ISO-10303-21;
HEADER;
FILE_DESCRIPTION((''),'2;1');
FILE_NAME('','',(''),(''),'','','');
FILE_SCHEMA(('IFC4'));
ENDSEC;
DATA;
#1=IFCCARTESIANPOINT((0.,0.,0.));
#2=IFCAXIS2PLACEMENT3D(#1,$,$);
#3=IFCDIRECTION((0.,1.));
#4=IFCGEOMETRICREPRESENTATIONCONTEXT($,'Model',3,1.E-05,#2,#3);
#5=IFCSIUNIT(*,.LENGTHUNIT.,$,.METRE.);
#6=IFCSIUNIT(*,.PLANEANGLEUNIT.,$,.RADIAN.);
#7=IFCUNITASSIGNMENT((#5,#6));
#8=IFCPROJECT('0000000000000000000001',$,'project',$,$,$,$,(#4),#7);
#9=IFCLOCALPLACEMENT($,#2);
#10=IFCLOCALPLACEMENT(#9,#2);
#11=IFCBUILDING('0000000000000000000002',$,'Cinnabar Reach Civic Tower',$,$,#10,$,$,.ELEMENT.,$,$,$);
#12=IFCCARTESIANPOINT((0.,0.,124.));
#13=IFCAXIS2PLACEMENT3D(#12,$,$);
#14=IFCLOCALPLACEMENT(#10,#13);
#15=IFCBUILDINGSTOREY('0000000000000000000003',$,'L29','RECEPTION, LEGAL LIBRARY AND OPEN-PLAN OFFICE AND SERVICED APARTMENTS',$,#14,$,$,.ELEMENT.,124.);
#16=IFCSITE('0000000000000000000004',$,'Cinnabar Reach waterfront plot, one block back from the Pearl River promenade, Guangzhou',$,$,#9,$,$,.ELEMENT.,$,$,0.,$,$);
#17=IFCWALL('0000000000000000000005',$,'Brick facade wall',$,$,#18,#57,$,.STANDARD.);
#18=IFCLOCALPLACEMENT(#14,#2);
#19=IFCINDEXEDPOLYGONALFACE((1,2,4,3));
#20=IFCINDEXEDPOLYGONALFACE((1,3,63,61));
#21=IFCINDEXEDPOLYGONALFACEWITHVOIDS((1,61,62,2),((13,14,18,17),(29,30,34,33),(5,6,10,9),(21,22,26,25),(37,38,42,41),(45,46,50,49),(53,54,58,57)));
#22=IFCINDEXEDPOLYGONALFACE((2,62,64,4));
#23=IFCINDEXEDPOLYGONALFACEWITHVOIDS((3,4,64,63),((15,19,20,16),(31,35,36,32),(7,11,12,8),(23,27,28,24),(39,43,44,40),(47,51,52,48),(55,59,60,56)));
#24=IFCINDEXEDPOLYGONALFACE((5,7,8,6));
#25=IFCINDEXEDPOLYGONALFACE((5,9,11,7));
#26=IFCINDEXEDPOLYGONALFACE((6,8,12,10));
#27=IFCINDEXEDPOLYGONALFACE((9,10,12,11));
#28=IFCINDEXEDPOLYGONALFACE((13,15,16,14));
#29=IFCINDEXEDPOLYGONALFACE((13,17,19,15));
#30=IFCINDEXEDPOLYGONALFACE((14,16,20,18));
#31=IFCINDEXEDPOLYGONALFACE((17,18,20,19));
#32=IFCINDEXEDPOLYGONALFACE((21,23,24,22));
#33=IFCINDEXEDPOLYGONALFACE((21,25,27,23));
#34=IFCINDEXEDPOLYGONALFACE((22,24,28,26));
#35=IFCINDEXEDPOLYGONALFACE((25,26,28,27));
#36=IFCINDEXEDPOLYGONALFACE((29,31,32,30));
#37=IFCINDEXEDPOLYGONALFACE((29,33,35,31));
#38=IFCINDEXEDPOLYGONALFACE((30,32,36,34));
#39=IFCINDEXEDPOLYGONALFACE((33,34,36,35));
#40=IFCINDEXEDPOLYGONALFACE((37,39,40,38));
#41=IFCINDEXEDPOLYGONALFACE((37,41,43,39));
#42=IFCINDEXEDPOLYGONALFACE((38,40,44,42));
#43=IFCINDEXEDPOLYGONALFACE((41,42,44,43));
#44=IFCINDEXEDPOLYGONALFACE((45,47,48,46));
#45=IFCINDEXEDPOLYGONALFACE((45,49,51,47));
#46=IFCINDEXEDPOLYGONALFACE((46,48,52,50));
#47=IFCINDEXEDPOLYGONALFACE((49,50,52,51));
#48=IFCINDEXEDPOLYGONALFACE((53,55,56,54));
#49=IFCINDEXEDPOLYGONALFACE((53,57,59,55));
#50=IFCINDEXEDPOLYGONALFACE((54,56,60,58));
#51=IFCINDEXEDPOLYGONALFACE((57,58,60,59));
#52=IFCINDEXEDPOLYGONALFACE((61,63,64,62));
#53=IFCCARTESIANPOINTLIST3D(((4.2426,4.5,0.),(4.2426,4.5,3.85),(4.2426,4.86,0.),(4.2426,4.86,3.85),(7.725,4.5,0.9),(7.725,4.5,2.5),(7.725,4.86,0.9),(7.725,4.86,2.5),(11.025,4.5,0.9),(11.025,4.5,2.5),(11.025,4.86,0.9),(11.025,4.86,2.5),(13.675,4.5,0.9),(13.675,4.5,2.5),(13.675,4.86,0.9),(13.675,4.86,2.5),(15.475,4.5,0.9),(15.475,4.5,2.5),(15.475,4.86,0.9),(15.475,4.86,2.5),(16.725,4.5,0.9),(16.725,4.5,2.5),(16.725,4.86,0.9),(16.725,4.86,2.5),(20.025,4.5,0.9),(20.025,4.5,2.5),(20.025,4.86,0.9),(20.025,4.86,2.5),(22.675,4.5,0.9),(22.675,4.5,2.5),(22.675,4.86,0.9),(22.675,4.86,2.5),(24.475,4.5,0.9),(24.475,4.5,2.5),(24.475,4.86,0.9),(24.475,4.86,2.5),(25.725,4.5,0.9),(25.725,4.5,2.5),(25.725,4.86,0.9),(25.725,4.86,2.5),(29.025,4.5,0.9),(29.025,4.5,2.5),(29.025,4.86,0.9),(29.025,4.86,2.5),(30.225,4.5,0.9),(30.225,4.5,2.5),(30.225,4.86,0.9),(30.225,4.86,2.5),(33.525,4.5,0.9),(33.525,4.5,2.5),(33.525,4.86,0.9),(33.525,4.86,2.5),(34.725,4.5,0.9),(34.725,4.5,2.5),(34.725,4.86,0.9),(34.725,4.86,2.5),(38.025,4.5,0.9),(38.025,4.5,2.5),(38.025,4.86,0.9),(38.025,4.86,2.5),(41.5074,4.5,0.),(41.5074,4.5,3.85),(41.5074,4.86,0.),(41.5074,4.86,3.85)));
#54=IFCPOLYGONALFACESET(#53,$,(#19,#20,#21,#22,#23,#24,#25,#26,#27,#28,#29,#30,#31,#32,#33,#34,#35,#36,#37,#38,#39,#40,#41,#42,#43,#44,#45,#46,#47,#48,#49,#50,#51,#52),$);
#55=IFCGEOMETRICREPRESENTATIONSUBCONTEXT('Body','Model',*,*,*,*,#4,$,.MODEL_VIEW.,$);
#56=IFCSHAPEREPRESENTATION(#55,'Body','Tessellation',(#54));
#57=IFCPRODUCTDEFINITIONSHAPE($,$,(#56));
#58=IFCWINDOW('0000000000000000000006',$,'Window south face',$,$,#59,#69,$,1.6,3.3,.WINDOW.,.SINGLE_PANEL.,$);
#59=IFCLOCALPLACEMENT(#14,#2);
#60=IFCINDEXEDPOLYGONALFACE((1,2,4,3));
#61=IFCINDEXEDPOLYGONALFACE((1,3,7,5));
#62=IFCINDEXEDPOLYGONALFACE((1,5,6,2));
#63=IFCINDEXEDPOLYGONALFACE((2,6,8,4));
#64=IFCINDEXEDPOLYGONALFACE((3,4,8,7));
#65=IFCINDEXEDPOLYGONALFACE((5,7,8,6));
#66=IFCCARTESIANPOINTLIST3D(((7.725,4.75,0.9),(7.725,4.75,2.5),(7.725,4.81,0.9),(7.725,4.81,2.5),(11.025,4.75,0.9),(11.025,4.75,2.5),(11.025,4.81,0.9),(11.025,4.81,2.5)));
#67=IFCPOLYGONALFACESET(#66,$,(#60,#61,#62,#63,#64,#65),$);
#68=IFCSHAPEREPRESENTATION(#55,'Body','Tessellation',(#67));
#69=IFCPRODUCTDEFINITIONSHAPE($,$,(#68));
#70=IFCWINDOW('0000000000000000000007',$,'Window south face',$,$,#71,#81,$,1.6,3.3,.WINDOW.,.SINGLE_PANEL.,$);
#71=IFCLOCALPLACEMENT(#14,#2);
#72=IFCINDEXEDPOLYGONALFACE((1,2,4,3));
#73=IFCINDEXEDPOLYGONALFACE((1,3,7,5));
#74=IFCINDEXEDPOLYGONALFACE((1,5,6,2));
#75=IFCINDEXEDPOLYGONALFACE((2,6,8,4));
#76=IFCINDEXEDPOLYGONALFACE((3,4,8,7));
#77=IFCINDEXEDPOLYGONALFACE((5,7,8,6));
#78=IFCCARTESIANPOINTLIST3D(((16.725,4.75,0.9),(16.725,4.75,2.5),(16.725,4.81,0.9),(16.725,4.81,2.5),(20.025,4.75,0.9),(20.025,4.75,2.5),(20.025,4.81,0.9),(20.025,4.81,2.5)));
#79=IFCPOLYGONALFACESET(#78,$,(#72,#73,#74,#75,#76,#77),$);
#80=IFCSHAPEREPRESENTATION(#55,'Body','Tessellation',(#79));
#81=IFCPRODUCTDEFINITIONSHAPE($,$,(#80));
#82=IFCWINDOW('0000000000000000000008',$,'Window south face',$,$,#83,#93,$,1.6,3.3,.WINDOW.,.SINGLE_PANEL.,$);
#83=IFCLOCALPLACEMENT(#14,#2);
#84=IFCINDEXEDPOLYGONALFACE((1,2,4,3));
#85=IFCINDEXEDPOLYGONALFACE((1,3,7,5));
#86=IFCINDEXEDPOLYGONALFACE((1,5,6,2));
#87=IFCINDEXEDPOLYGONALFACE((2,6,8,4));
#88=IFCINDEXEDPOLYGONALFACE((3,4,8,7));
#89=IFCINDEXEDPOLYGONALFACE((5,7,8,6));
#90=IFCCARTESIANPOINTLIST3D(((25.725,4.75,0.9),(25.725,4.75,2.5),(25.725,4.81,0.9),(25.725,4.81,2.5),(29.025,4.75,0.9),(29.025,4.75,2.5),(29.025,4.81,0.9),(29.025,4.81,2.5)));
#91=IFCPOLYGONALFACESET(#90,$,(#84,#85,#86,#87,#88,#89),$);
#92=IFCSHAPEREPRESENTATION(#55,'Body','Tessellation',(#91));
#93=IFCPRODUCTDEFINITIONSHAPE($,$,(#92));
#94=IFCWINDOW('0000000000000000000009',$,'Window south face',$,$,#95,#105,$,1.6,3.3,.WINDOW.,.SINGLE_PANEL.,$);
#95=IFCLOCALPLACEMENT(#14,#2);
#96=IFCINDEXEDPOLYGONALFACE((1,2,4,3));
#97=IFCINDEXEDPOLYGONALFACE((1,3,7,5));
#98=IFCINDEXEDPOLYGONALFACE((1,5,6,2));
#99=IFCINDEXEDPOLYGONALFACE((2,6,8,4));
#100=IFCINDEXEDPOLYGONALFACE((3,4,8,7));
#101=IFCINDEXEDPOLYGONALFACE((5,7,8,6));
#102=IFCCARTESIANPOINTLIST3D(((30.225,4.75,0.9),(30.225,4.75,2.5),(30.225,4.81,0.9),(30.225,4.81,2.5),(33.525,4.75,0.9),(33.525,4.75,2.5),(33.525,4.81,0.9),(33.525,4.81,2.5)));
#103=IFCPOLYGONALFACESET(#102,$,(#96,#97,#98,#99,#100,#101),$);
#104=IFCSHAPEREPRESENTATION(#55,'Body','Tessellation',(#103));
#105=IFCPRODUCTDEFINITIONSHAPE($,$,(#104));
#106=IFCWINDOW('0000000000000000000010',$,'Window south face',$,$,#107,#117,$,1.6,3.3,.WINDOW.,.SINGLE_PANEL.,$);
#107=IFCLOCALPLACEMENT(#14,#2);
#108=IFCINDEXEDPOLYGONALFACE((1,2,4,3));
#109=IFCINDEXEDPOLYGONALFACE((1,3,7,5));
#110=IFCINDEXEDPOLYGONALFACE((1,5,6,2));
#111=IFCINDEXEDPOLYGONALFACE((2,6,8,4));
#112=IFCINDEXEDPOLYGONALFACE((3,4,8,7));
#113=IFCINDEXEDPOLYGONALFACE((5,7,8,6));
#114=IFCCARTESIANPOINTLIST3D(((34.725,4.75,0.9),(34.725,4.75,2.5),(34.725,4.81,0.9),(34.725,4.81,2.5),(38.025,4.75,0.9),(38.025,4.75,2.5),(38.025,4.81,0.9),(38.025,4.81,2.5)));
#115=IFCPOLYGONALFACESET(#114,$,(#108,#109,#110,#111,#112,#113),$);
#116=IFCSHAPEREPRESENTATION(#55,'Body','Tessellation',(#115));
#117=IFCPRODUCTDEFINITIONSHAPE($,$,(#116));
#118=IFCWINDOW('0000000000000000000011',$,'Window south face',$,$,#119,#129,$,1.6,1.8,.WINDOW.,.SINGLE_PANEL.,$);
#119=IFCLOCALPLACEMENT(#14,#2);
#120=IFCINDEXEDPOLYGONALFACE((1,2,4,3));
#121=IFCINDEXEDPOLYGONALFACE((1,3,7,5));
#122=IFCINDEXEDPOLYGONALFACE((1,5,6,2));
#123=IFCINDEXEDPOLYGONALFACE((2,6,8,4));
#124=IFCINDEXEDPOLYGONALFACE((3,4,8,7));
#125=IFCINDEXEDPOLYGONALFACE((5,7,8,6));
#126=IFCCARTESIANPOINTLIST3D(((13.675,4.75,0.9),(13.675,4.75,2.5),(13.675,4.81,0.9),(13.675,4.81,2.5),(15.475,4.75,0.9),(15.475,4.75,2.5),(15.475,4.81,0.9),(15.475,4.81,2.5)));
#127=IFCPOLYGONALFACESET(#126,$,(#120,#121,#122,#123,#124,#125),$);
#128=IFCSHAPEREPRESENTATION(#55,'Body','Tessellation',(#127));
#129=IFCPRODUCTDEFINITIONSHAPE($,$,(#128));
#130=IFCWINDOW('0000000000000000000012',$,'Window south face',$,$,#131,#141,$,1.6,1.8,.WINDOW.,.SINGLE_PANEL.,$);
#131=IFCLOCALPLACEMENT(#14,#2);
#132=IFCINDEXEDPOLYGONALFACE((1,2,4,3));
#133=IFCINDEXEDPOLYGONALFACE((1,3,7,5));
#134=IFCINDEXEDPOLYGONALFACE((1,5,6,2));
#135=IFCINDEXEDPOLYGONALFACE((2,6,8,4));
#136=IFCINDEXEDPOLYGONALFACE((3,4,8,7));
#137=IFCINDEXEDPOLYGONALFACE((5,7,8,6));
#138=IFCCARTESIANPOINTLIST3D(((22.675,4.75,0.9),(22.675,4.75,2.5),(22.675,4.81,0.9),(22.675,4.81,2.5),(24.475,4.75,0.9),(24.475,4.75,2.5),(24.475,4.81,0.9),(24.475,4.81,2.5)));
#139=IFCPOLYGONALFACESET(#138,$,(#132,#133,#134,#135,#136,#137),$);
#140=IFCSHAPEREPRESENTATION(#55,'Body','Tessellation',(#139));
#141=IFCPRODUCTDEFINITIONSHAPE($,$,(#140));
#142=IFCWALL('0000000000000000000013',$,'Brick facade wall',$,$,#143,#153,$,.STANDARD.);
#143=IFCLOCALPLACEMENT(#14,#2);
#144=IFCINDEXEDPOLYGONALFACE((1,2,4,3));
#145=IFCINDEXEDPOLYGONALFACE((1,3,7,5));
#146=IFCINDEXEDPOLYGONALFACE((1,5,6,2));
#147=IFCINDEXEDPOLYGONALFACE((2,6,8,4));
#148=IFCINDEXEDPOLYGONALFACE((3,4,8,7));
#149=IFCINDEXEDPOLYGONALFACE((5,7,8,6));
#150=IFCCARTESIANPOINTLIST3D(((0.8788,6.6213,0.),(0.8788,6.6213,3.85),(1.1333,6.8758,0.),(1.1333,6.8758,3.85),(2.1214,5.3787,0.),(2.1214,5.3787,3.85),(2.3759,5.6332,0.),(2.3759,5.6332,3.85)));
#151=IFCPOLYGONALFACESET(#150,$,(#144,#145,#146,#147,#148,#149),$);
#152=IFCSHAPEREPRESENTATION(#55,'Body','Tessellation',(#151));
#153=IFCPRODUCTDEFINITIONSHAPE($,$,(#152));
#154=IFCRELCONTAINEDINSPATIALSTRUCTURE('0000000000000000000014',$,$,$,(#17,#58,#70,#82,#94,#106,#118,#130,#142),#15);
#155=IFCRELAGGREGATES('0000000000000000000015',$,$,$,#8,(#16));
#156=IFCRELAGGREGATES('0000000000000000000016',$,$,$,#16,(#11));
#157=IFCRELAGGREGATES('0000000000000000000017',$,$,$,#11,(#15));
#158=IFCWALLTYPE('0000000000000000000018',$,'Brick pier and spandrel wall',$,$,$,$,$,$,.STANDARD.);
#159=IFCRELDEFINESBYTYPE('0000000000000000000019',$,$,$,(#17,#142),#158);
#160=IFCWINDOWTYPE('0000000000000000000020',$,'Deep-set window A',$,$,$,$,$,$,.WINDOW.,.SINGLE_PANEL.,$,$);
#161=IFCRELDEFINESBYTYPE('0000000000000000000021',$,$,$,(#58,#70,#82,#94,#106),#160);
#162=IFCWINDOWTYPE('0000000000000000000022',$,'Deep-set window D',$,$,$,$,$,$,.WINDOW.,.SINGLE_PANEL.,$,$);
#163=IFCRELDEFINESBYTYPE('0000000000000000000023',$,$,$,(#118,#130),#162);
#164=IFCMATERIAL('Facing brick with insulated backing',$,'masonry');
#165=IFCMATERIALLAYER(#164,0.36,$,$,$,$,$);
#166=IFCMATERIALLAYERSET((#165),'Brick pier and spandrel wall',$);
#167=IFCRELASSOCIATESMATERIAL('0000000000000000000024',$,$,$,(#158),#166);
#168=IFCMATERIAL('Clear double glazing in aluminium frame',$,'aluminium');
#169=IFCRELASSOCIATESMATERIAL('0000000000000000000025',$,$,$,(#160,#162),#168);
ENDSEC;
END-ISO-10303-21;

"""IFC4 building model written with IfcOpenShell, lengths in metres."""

from ifc_helpers import new_model, si_unit, direction, frame, frame_2d, origin, place, context, subcontext, project, spatial, rectangle, extrude, material, layer, layer_set, type_object, element, fill, save


model = new_model("IFC4")

# Units and contexts
model_context = context("Model", 3, precision=1e-05, world=origin(), true_north=direction((0.0, 1.0)))
body_context = subcontext(model_context, "Body", "Model", "MODEL_VIEW")
ifc_project = project(units=[si_unit("LENGTHUNIT", "METRE"), si_unit("PLANEANGLEUNIT", "RADIAN")], contexts=[model_context])

# Site, building, storey
site_placement = place(None, origin())
site = spatial("IfcSite", under=ifc_project, at=site_placement, Name="Cinnabar Reach waterfront plot, one block back from the Pearl River promenade, Guangzhou", CompositionType="ELEMENT", RefElevation=0.0)
building_placement = place(site_placement, origin())
building = spatial("IfcBuilding", under=site, at=building_placement, Name="Cinnabar Reach Civic Tower", CompositionType="ELEMENT")
storey_placement = place(building_placement, frame((0.0, 0.0, 124.0)))
storey = spatial("IfcBuildingStorey", under=building, at=storey_placement, Name="L29", Description="RECEPTION, LEGAL LIBRARY AND OPEN-PLAN OFFICE AND SERVICED APARTMENTS", CompositionType="ELEMENT", Elevation=124.0)

# Shared definitions
ifc_material_1 = material(Name="Facing brick with insulated backing", Category="masonry")

# Wall, openings, windows
ifc_layer_1 = layer(ifc_material_1, 0.36)
ifc_layer_set_1 = layer_set([ifc_layer_1], Name="Brick pier and spandrel wall")
wall_type_1 = type_object("IfcWallType", Name="Brick pier and spandrel wall", PredefinedType="STANDARD", material=ifc_layer_set_1)
wall_1_placement = place(storey_placement, frame((4.2426, 4.68, 0.0), z_axis=(0.0, 0.0, 1.0), x_axis=(1.0, 0.0, 0.0)))
wall_1 = element("IfcWall", 1, at=wall_1_placement, inside=storey, type_object=wall_type_1, Name="Brick facade wall", PredefinedType="STANDARD", context=body_context, shape_type="SweptSolid", body=[
    extrude(rectangle(XDim=37.2648, YDim=0.36, at=frame_2d((18.6324, 0.0))), origin(), (0.0, 0.0, 1.0), 3.85),
])
opening_1_placement = place(wall_1_placement, frame((3.4824, 0.0, 0.9)))
opening_1 = element("IfcOpeningElement", 2, at=opening_1_placement, cuts=wall_1, PredefinedType="OPENING", context=body_context, shape_type="SweptSolid", body=[
    extrude(rectangle(XDim=3.3, YDim=1.6, at=frame_2d((1.65, 0.8))), frame((0.0, 0.19, 0.0), z_axis=(0.0, -1.0, 0.0), x_axis=(1.0, 0.0, 0.0)), (0.0, 0.0, 1.0), 0.38),
])
opening_2_placement = place(wall_1_placement, frame((9.4324, 0.0, 0.9)))
opening_2 = element("IfcOpeningElement", 3, at=opening_2_placement, cuts=wall_1, PredefinedType="OPENING", context=body_context, shape_type="SweptSolid", body=[
    extrude(rectangle(XDim=1.8, YDim=1.6, at=frame_2d((0.9, 0.8))), frame((0.0, 0.19, 0.0), z_axis=(0.0, -1.0, 0.0), x_axis=(1.0, 0.0, 0.0)), (0.0, 0.0, 1.0), 0.38),
])
opening_3_placement = place(wall_1_placement, frame((12.4824, 0.0, 0.9)))
opening_3 = element("IfcOpeningElement", 4, at=opening_3_placement, cuts=wall_1, PredefinedType="OPENING", context=body_context, shape_type="SweptSolid", body=[
    extrude(rectangle(XDim=3.3, YDim=1.6, at=frame_2d((1.65, 0.8))), frame((0.0, 0.19, 0.0), z_axis=(0.0, -1.0, 0.0), x_axis=(1.0, 0.0, 0.0)), (0.0, 0.0, 1.0), 0.38),
])
opening_4_placement = place(wall_1_placement, frame((18.4324, 0.0, 0.9)))
opening_4 = element("IfcOpeningElement", 5, at=opening_4_placement, cuts=wall_1, PredefinedType="OPENING", context=body_context, shape_type="SweptSolid", body=[
    extrude(rectangle(XDim=1.8, YDim=1.6, at=frame_2d((0.9, 0.8))), frame((0.0, 0.19, 0.0), z_axis=(0.0, -1.0, 0.0), x_axis=(1.0, 0.0, 0.0)), (0.0, 0.0, 1.0), 0.38),
])
opening_5_placement = place(wall_1_placement, frame((21.4824, 0.0, 0.9)))
opening_5 = element("IfcOpeningElement", 6, at=opening_5_placement, cuts=wall_1, PredefinedType="OPENING", context=body_context, shape_type="SweptSolid", body=[
    extrude(rectangle(XDim=3.3, YDim=1.6, at=frame_2d((1.65, 0.8))), frame((0.0, 0.19, 0.0), z_axis=(0.0, -1.0, 0.0), x_axis=(1.0, 0.0, 0.0)), (0.0, 0.0, 1.0), 0.38),
])
opening_6_placement = place(wall_1_placement, frame((25.9824, 0.0, 0.9)))
opening_6 = element("IfcOpeningElement", 7, at=opening_6_placement, cuts=wall_1, PredefinedType="OPENING", context=body_context, shape_type="SweptSolid", body=[
    extrude(rectangle(XDim=3.3, YDim=1.6, at=frame_2d((1.65, 0.8))), frame((0.0, 0.19, 0.0), z_axis=(0.0, -1.0, 0.0), x_axis=(1.0, 0.0, 0.0)), (0.0, 0.0, 1.0), 0.38),
])
opening_7_placement = place(wall_1_placement, frame((30.4824, 0.0, 0.9)))
opening_7 = element("IfcOpeningElement", 8, at=opening_7_placement, cuts=wall_1, PredefinedType="OPENING", context=body_context, shape_type="SweptSolid", body=[
    extrude(rectangle(XDim=3.3, YDim=1.6, at=frame_2d((1.65, 0.8))), frame((0.0, 0.19, 0.0), z_axis=(0.0, -1.0, 0.0), x_axis=(1.0, 0.0, 0.0)), (0.0, 0.0, 1.0), 0.38),
])
ifc_material_2 = material(Name="Clear double glazing in aluminium frame", Category="aluminium")
window_type_1 = type_object("IfcWindowType", Name="Deep-set window A", PartitioningType="SINGLE_PANEL", PredefinedType="WINDOW", material=ifc_material_2)
window_1_placement = place(opening_1_placement, origin())
window_1 = element("IfcWindow", 9, at=window_1_placement, inside=storey, type_object=window_type_1, Name="Window south face", OverallHeight=1.6, OverallWidth=3.3, PartitioningType="SINGLE_PANEL", PredefinedType="WINDOW", context=body_context, shape_type="SweptSolid", body=[
    extrude(rectangle(XDim=3.3, YDim=1.6, at=frame_2d((1.65, 0.8))), frame((0.0, 0.13, 0.0), z_axis=(0.0, -1.0, 0.0), x_axis=(1.0, 0.0, 0.0)), (0.0, 0.0, 1.0), 0.06),
])
fill(opening_1, window_1)
window_2_placement = place(opening_3_placement, origin())
window_2 = element("IfcWindow", 10, at=window_2_placement, inside=storey, type_object=window_type_1, Name="Window south face", OverallHeight=1.6, OverallWidth=3.3, PartitioningType="SINGLE_PANEL", PredefinedType="WINDOW", context=body_context, shape_type="SweptSolid", body=[
    extrude(rectangle(XDim=3.3, YDim=1.6, at=frame_2d((1.65, 0.8))), frame((0.0, 0.13, 0.0), z_axis=(0.0, -1.0, 0.0), x_axis=(1.0, 0.0, 0.0)), (0.0, 0.0, 1.0), 0.06),
])
fill(opening_3, window_2)
window_3_placement = place(opening_5_placement, origin())
window_3 = element("IfcWindow", 11, at=window_3_placement, inside=storey, type_object=window_type_1, Name="Window south face", OverallHeight=1.6, OverallWidth=3.3, PartitioningType="SINGLE_PANEL", PredefinedType="WINDOW", context=body_context, shape_type="SweptSolid", body=[
    extrude(rectangle(XDim=3.3, YDim=1.6, at=frame_2d((1.65, 0.8))), frame((0.0, 0.13, 0.0), z_axis=(0.0, -1.0, 0.0), x_axis=(1.0, 0.0, 0.0)), (0.0, 0.0, 1.0), 0.06),
])
fill(opening_5, window_3)
window_4_placement = place(opening_6_placement, origin())
window_4 = element("IfcWindow", 12, at=window_4_placement, inside=storey, type_object=window_type_1, Name="Window south face", OverallHeight=1.6, OverallWidth=3.3, PartitioningType="SINGLE_PANEL", PredefinedType="WINDOW", context=body_context, shape_type="SweptSolid", body=[
    extrude(rectangle(XDim=3.3, YDim=1.6, at=frame_2d((1.65, 0.8))), frame((0.0, 0.13, 0.0), z_axis=(0.0, -1.0, 0.0), x_axis=(1.0, 0.0, 0.0)), (0.0, 0.0, 1.0), 0.06),
])
fill(opening_6, window_4)
window_5_placement = place(opening_7_placement, origin())
window_5 = element("IfcWindow", 13, at=window_5_placement, inside=storey, type_object=window_type_1, Name="Window south face", OverallHeight=1.6, OverallWidth=3.3, PartitioningType="SINGLE_PANEL", PredefinedType="WINDOW", context=body_context, shape_type="SweptSolid", body=[
    extrude(rectangle(XDim=3.3, YDim=1.6, at=frame_2d((1.65, 0.8))), frame((0.0, 0.13, 0.0), z_axis=(0.0, -1.0, 0.0), x_axis=(1.0, 0.0, 0.0)), (0.0, 0.0, 1.0), 0.06),
])
fill(opening_7, window_5)
window_type_2 = type_object("IfcWindowType", Name="Deep-set window D", PartitioningType="SINGLE_PANEL", PredefinedType="WINDOW", material=ifc_material_2)
window_6_placement = place(opening_2_placement, origin())
window_6 = element("IfcWindow", 14, at=window_6_placement, inside=storey, type_object=window_type_2, Name="Window south face", OverallHeight=1.6, OverallWidth=1.8, PartitioningType="SINGLE_PANEL", PredefinedType="WINDOW", context=body_context, shape_type="SweptSolid", body=[
    extrude(rectangle(XDim=1.8, YDim=1.6, at=frame_2d((0.9, 0.8))), frame((0.0, 0.13, 0.0), z_axis=(0.0, -1.0, 0.0), x_axis=(1.0, 0.0, 0.0)), (0.0, 0.0, 1.0), 0.06),
])
fill(opening_2, window_6)
window_7_placement = place(opening_4_placement, origin())
window_7 = element("IfcWindow", 15, at=window_7_placement, inside=storey, type_object=window_type_2, Name="Window south face", OverallHeight=1.6, OverallWidth=1.8, PartitioningType="SINGLE_PANEL", PredefinedType="WINDOW", context=body_context, shape_type="SweptSolid", body=[
    extrude(rectangle(XDim=1.8, YDim=1.6, at=frame_2d((0.9, 0.8))), frame((0.0, 0.13, 0.0), z_axis=(0.0, -1.0, 0.0), x_axis=(1.0, 0.0, 0.0)), (0.0, 0.0, 1.0), 0.06),
])
fill(opening_4, window_7)

# Wall
wall_2_placement = place(storey_placement, frame((1.006, 6.7486, 0.0), z_axis=(0.0, 0.0, 1.0), x_axis=(0.707107, -0.707107, 0.0)))
element("IfcWall", 16, at=wall_2_placement, inside=storey, type_object=wall_type_1, Name="Brick facade wall", PredefinedType="STANDARD", context=body_context, shape_type="SweptSolid", body=[
    extrude(rectangle(XDim=1.7573, YDim=0.36, at=frame_2d((0.8787, 0.0))), origin(), (0.0, 0.0, 1.0), 3.85),
])

save(model, "model.ifc")
